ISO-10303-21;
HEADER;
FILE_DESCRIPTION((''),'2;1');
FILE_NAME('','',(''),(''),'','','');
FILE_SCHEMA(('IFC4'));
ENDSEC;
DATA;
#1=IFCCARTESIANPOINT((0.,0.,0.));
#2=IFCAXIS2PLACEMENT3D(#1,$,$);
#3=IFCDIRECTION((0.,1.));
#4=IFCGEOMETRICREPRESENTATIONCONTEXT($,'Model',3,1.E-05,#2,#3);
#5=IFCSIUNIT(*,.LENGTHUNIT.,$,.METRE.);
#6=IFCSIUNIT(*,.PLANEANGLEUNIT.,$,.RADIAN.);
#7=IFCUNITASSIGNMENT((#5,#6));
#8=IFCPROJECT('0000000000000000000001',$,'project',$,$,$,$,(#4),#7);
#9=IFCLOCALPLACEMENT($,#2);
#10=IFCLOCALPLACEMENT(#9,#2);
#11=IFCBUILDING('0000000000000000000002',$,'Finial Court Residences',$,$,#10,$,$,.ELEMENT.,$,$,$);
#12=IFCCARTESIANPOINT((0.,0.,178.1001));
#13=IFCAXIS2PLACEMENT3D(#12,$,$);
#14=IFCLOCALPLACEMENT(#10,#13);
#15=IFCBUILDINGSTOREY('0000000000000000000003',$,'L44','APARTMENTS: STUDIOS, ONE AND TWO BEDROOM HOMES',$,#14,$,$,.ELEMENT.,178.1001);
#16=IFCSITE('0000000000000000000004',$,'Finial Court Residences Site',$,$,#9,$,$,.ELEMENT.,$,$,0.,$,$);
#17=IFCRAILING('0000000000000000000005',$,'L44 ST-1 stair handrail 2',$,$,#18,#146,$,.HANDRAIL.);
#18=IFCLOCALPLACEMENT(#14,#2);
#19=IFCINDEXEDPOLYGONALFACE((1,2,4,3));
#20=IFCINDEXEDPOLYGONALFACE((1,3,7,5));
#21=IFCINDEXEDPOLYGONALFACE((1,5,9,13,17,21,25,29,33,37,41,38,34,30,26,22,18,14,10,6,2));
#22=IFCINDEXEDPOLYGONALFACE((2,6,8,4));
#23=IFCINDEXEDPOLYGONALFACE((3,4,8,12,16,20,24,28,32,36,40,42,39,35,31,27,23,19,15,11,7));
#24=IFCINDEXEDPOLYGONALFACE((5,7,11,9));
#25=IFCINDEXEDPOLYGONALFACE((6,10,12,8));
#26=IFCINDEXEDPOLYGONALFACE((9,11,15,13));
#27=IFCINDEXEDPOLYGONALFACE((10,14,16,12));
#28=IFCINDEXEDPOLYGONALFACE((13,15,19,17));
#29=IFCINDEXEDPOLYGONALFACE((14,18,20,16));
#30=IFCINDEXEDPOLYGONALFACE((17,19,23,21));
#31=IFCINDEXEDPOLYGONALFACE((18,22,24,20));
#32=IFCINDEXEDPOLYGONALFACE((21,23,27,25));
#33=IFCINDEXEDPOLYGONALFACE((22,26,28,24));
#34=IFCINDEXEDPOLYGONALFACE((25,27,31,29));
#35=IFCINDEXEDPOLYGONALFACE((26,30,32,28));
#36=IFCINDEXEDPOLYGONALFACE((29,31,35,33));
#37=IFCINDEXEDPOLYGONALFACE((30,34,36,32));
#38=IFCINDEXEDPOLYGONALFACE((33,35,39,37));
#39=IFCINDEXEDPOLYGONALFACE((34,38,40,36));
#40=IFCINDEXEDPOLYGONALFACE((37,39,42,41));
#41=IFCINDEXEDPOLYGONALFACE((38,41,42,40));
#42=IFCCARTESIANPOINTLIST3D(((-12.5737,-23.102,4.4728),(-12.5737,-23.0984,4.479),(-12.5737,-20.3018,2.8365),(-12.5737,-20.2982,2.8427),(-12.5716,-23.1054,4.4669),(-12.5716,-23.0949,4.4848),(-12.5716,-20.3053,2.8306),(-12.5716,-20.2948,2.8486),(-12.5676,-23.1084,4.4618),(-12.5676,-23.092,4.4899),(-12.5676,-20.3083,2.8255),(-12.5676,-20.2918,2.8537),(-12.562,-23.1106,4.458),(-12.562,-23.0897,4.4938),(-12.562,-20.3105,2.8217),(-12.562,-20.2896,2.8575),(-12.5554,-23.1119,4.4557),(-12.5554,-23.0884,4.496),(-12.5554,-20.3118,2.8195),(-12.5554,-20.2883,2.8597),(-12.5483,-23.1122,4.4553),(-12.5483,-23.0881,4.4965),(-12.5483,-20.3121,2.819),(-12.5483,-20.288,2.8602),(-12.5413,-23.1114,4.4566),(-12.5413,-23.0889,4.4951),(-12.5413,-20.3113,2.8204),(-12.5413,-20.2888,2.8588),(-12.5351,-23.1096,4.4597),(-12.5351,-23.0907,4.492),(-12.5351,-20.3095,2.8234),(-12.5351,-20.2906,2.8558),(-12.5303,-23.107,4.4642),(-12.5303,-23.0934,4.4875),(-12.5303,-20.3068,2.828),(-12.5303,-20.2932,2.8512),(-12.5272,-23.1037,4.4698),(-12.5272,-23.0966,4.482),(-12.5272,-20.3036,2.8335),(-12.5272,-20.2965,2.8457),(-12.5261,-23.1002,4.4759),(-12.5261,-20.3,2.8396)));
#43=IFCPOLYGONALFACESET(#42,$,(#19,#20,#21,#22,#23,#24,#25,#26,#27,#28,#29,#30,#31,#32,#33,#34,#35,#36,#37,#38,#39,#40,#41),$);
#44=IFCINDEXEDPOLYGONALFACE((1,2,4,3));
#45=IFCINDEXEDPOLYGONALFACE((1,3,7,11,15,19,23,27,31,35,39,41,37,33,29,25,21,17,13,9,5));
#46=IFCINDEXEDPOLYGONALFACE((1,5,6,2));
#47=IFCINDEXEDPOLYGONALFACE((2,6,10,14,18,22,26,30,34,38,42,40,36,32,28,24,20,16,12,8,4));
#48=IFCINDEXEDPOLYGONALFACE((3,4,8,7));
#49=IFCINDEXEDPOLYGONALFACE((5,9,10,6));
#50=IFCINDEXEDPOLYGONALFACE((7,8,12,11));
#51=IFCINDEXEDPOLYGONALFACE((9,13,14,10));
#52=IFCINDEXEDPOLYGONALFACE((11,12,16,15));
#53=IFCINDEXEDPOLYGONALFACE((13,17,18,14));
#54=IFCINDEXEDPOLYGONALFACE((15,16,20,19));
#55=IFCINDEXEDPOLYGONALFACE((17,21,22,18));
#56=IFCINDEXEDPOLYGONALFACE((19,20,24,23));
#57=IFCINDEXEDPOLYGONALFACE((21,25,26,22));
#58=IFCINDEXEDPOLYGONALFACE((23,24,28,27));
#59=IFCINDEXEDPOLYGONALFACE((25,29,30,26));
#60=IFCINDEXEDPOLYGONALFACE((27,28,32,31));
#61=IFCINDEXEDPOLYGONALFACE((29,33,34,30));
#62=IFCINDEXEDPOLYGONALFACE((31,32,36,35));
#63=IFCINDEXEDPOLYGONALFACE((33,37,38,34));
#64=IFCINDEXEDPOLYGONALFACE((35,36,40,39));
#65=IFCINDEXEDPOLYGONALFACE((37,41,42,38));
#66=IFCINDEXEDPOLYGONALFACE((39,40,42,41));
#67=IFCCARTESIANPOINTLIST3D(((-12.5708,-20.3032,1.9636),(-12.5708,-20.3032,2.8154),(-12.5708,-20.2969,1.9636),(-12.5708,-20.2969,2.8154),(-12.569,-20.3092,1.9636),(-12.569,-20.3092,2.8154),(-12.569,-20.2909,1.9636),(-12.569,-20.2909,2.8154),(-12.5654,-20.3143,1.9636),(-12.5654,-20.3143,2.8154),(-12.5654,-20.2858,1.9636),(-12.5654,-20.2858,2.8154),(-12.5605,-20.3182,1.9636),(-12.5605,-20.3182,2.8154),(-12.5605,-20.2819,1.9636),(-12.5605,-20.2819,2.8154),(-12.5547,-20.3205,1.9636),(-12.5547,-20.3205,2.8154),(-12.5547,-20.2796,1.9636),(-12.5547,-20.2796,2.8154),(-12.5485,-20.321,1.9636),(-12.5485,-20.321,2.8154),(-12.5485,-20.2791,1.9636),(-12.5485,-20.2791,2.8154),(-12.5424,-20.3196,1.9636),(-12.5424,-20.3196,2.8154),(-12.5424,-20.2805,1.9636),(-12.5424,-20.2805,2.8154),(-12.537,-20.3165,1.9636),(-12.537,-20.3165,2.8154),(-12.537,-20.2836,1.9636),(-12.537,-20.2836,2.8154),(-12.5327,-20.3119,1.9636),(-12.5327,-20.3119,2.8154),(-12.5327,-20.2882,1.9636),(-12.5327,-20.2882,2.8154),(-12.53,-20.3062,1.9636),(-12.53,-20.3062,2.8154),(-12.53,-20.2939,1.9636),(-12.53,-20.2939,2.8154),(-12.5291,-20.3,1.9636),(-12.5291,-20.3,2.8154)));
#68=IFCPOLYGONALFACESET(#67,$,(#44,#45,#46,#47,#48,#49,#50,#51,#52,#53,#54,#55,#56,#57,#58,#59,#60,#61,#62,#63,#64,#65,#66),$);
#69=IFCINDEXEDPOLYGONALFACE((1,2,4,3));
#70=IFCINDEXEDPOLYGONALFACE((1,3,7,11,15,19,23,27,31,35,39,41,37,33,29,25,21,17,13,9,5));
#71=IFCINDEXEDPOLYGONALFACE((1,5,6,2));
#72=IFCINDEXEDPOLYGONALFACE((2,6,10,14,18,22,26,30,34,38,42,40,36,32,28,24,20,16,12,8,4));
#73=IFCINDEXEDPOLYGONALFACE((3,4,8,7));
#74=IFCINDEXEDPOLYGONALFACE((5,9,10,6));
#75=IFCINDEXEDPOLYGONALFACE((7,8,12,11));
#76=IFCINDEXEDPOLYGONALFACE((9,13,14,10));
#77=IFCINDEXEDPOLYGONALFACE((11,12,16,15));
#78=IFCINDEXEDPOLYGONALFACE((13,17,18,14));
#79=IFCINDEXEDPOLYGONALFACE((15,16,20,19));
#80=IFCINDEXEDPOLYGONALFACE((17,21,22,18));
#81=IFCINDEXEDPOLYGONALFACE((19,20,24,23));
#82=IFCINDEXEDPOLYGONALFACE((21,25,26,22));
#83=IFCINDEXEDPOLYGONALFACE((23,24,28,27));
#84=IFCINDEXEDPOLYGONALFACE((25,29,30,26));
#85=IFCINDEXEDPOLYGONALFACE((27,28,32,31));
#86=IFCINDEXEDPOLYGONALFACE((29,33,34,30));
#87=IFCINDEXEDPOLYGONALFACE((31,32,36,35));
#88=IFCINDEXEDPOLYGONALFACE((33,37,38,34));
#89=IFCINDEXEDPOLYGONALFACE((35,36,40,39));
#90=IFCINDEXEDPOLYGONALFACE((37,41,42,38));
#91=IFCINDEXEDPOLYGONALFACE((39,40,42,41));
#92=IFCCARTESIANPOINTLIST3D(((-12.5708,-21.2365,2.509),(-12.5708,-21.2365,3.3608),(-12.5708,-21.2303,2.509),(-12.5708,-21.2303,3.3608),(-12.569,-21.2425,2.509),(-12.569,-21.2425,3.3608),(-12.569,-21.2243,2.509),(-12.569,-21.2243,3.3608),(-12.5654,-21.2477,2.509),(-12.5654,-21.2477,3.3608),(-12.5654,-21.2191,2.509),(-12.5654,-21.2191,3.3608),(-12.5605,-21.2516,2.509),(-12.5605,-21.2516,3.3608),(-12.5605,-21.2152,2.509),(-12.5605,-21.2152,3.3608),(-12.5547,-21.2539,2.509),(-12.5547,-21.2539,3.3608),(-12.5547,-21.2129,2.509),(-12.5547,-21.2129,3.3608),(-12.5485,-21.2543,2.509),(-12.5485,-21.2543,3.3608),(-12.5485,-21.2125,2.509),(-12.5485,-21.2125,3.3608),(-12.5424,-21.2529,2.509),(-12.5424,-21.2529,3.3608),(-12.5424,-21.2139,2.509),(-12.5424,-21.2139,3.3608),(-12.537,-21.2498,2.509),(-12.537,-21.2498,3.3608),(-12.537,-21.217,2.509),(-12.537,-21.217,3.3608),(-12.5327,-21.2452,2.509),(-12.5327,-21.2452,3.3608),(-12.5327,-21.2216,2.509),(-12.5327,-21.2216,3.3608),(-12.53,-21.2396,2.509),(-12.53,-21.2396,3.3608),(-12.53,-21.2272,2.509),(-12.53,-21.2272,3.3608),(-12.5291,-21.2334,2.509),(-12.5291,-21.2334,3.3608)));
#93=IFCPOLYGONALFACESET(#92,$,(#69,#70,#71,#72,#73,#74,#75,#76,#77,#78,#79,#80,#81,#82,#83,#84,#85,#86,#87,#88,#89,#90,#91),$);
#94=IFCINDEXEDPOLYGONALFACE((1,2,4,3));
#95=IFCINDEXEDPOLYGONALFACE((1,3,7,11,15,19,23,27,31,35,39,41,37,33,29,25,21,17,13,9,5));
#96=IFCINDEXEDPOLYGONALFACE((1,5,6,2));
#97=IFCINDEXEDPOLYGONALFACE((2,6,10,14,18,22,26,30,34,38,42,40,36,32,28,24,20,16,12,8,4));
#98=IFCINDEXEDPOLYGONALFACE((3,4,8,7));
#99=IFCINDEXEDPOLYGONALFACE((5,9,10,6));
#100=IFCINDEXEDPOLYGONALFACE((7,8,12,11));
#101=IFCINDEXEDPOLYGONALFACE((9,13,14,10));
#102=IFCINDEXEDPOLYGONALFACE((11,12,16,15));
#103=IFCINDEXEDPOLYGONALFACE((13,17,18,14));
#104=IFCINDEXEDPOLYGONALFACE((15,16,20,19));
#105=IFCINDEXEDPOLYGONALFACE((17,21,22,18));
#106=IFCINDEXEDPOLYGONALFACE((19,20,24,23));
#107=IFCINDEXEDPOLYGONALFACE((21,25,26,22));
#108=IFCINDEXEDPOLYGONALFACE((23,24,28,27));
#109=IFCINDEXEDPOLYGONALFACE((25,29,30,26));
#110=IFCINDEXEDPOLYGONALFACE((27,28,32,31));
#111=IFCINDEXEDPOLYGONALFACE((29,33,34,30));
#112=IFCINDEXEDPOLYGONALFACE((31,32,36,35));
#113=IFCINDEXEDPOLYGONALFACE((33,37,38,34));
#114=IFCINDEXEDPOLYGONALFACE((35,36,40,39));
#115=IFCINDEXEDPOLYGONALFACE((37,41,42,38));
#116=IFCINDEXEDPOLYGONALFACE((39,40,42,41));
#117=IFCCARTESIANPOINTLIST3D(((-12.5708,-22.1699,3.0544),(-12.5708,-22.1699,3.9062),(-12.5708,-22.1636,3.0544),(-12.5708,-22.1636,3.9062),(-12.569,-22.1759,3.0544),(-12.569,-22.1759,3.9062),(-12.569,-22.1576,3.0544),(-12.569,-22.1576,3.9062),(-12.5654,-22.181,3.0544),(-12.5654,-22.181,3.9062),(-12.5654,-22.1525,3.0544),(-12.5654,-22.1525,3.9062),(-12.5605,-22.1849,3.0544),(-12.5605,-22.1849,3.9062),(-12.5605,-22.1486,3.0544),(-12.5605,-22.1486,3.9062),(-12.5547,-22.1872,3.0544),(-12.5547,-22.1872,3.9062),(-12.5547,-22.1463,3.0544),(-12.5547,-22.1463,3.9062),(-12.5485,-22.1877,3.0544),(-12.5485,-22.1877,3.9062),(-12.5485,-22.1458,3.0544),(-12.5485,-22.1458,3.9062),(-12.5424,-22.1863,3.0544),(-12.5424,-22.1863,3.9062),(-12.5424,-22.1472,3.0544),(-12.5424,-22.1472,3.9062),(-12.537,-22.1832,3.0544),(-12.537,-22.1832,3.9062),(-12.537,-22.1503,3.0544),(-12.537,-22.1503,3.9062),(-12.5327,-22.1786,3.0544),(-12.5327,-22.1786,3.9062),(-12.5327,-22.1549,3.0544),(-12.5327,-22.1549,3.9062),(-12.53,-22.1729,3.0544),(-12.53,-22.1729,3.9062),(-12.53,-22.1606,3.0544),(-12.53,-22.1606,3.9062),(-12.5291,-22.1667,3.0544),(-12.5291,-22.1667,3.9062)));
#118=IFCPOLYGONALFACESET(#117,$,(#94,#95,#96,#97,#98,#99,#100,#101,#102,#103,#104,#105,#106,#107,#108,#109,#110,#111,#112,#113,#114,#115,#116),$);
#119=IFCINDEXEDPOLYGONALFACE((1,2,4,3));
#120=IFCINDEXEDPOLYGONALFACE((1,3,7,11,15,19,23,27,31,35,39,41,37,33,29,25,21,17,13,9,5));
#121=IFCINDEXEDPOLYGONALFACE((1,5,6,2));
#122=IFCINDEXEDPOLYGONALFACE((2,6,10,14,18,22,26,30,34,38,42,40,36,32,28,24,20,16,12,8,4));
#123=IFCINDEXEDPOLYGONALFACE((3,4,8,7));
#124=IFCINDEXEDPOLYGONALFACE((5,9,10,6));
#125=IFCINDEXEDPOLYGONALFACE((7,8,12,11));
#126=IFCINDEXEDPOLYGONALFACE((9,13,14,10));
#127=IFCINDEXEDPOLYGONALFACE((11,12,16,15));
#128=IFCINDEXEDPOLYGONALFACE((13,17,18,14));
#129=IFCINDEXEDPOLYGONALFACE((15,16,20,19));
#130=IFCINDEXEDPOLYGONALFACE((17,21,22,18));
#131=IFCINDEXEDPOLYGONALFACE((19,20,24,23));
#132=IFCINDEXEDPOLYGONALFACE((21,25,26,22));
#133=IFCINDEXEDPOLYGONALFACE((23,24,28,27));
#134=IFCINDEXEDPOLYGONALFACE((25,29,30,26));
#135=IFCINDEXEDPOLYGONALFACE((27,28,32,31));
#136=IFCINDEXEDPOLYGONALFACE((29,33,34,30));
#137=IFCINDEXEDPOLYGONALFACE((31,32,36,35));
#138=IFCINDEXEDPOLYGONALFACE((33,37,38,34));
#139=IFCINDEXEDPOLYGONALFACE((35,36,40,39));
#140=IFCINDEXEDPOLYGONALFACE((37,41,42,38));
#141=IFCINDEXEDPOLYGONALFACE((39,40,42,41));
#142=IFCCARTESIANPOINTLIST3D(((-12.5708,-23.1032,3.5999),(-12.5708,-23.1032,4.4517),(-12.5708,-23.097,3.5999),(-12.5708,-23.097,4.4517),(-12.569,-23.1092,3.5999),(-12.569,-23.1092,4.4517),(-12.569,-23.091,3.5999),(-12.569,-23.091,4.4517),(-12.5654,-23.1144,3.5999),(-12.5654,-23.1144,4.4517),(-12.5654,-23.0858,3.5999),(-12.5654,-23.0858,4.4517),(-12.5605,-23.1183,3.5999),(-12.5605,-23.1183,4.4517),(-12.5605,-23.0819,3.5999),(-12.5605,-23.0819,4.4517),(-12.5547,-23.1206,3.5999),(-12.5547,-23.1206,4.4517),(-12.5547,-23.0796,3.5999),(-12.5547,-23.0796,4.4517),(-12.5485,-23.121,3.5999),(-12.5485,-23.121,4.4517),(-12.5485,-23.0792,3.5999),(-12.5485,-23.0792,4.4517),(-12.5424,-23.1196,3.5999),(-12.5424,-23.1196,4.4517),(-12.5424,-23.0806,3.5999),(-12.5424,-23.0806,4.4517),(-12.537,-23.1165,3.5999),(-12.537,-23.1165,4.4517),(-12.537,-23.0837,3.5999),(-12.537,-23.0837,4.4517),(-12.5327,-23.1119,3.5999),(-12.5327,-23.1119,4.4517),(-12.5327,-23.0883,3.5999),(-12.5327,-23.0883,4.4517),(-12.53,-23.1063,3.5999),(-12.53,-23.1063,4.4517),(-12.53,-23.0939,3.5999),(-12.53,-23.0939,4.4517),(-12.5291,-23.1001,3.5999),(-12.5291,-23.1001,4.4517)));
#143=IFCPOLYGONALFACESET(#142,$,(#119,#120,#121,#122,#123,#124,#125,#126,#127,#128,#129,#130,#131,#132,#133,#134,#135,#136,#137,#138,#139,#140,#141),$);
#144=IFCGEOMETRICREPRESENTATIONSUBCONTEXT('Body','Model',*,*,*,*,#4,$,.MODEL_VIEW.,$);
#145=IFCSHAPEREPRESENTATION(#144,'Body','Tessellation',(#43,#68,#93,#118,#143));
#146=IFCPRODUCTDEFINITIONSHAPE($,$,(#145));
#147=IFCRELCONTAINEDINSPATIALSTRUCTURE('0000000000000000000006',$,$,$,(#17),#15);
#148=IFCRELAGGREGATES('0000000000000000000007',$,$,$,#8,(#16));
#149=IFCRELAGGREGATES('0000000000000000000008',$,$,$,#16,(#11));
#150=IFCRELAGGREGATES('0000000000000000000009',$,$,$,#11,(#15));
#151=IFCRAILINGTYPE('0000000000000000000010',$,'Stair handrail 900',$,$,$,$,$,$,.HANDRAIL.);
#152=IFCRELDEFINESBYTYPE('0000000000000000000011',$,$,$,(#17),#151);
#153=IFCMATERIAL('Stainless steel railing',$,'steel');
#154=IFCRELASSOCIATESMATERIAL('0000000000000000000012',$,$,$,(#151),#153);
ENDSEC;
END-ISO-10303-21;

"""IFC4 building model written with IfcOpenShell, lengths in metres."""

from ifc_helpers import new_model, si_unit, direction, frame, origin, origin_2d, place, context, subcontext, project, spatial, circle, extrude, material, type_object, element, save


model = new_model("IFC4")

# Units and contexts
model_context = context("Model", 3, precision=1e-05, world=origin(), true_north=direction((0.0, 1.0)))
body_context = subcontext(model_context, "Body", "Model", "MODEL_VIEW")
ifc_project = project(units=[si_unit("LENGTHUNIT", "METRE"), si_unit("PLANEANGLEUNIT", "RADIAN")], contexts=[model_context])

# Site, building, storey
site_placement = place(None, origin())
site = spatial("IfcSite", under=ifc_project, at=site_placement, Name="Finial Court Residences Site", CompositionType="ELEMENT", RefElevation=0.0)
building_placement = place(site_placement, origin())
building = spatial("IfcBuilding", under=site, at=building_placement, Name="Finial Court Residences", CompositionType="ELEMENT")
storey_placement = place(building_placement, frame((0.0, 0.0, 178.1001)))
storey = spatial("IfcBuildingStorey", under=building, at=storey_placement, Name="L44", Description="APARTMENTS: STUDIOS, ONE AND TWO BEDROOM HOMES", CompositionType="ELEMENT", Elevation=178.1001)

# Railing
ifc_material_1 = material(Name="Stainless steel railing", Category="steel")
railing_type_1 = type_object("IfcRailingType", Name="Stair handrail 900", PredefinedType="HANDRAIL", material=ifc_material_1)
railing_1_placement = place(storey_placement, frame((-12.55, -20.3, 1.9636)))
element("IfcRailing", 1, at=railing_1_placement, inside=storey, type_object=railing_type_1, Name="L44 ST-1 stair handrail 2", PredefinedType="HANDRAIL", context=body_context, shape_type="SweptSolid", body=[
    extrude(circle(Radius=0.0239, at=origin_2d()), frame((0.0, 0.0, 0.876), z_axis=(0.0, -0.863394, 0.504531), x_axis=(1.0, 0.0, 0.0)), (0.0, 0.0, 1.0), 3.2432),
    extrude(circle(Radius=0.021, at=origin_2d()), origin(), (0.0, 0.0, 1.0), 0.8518),
    extrude(circle(Radius=0.021, at=origin_2d()), frame((0.0, -0.9333, 0.5454)), (0.0, 0.0, 1.0), 0.8518),
    extrude(circle(Radius=0.021, at=origin_2d()), frame((0.0, -1.8667, 1.0908)), (0.0, 0.0, 1.0), 0.8518),
    extrude(circle(Radius=0.021, at=origin_2d()), frame((0.0, -2.8, 1.6362)), (0.0, 0.0, 1.0), 0.8518),
])

save(model, "model.ifc")
